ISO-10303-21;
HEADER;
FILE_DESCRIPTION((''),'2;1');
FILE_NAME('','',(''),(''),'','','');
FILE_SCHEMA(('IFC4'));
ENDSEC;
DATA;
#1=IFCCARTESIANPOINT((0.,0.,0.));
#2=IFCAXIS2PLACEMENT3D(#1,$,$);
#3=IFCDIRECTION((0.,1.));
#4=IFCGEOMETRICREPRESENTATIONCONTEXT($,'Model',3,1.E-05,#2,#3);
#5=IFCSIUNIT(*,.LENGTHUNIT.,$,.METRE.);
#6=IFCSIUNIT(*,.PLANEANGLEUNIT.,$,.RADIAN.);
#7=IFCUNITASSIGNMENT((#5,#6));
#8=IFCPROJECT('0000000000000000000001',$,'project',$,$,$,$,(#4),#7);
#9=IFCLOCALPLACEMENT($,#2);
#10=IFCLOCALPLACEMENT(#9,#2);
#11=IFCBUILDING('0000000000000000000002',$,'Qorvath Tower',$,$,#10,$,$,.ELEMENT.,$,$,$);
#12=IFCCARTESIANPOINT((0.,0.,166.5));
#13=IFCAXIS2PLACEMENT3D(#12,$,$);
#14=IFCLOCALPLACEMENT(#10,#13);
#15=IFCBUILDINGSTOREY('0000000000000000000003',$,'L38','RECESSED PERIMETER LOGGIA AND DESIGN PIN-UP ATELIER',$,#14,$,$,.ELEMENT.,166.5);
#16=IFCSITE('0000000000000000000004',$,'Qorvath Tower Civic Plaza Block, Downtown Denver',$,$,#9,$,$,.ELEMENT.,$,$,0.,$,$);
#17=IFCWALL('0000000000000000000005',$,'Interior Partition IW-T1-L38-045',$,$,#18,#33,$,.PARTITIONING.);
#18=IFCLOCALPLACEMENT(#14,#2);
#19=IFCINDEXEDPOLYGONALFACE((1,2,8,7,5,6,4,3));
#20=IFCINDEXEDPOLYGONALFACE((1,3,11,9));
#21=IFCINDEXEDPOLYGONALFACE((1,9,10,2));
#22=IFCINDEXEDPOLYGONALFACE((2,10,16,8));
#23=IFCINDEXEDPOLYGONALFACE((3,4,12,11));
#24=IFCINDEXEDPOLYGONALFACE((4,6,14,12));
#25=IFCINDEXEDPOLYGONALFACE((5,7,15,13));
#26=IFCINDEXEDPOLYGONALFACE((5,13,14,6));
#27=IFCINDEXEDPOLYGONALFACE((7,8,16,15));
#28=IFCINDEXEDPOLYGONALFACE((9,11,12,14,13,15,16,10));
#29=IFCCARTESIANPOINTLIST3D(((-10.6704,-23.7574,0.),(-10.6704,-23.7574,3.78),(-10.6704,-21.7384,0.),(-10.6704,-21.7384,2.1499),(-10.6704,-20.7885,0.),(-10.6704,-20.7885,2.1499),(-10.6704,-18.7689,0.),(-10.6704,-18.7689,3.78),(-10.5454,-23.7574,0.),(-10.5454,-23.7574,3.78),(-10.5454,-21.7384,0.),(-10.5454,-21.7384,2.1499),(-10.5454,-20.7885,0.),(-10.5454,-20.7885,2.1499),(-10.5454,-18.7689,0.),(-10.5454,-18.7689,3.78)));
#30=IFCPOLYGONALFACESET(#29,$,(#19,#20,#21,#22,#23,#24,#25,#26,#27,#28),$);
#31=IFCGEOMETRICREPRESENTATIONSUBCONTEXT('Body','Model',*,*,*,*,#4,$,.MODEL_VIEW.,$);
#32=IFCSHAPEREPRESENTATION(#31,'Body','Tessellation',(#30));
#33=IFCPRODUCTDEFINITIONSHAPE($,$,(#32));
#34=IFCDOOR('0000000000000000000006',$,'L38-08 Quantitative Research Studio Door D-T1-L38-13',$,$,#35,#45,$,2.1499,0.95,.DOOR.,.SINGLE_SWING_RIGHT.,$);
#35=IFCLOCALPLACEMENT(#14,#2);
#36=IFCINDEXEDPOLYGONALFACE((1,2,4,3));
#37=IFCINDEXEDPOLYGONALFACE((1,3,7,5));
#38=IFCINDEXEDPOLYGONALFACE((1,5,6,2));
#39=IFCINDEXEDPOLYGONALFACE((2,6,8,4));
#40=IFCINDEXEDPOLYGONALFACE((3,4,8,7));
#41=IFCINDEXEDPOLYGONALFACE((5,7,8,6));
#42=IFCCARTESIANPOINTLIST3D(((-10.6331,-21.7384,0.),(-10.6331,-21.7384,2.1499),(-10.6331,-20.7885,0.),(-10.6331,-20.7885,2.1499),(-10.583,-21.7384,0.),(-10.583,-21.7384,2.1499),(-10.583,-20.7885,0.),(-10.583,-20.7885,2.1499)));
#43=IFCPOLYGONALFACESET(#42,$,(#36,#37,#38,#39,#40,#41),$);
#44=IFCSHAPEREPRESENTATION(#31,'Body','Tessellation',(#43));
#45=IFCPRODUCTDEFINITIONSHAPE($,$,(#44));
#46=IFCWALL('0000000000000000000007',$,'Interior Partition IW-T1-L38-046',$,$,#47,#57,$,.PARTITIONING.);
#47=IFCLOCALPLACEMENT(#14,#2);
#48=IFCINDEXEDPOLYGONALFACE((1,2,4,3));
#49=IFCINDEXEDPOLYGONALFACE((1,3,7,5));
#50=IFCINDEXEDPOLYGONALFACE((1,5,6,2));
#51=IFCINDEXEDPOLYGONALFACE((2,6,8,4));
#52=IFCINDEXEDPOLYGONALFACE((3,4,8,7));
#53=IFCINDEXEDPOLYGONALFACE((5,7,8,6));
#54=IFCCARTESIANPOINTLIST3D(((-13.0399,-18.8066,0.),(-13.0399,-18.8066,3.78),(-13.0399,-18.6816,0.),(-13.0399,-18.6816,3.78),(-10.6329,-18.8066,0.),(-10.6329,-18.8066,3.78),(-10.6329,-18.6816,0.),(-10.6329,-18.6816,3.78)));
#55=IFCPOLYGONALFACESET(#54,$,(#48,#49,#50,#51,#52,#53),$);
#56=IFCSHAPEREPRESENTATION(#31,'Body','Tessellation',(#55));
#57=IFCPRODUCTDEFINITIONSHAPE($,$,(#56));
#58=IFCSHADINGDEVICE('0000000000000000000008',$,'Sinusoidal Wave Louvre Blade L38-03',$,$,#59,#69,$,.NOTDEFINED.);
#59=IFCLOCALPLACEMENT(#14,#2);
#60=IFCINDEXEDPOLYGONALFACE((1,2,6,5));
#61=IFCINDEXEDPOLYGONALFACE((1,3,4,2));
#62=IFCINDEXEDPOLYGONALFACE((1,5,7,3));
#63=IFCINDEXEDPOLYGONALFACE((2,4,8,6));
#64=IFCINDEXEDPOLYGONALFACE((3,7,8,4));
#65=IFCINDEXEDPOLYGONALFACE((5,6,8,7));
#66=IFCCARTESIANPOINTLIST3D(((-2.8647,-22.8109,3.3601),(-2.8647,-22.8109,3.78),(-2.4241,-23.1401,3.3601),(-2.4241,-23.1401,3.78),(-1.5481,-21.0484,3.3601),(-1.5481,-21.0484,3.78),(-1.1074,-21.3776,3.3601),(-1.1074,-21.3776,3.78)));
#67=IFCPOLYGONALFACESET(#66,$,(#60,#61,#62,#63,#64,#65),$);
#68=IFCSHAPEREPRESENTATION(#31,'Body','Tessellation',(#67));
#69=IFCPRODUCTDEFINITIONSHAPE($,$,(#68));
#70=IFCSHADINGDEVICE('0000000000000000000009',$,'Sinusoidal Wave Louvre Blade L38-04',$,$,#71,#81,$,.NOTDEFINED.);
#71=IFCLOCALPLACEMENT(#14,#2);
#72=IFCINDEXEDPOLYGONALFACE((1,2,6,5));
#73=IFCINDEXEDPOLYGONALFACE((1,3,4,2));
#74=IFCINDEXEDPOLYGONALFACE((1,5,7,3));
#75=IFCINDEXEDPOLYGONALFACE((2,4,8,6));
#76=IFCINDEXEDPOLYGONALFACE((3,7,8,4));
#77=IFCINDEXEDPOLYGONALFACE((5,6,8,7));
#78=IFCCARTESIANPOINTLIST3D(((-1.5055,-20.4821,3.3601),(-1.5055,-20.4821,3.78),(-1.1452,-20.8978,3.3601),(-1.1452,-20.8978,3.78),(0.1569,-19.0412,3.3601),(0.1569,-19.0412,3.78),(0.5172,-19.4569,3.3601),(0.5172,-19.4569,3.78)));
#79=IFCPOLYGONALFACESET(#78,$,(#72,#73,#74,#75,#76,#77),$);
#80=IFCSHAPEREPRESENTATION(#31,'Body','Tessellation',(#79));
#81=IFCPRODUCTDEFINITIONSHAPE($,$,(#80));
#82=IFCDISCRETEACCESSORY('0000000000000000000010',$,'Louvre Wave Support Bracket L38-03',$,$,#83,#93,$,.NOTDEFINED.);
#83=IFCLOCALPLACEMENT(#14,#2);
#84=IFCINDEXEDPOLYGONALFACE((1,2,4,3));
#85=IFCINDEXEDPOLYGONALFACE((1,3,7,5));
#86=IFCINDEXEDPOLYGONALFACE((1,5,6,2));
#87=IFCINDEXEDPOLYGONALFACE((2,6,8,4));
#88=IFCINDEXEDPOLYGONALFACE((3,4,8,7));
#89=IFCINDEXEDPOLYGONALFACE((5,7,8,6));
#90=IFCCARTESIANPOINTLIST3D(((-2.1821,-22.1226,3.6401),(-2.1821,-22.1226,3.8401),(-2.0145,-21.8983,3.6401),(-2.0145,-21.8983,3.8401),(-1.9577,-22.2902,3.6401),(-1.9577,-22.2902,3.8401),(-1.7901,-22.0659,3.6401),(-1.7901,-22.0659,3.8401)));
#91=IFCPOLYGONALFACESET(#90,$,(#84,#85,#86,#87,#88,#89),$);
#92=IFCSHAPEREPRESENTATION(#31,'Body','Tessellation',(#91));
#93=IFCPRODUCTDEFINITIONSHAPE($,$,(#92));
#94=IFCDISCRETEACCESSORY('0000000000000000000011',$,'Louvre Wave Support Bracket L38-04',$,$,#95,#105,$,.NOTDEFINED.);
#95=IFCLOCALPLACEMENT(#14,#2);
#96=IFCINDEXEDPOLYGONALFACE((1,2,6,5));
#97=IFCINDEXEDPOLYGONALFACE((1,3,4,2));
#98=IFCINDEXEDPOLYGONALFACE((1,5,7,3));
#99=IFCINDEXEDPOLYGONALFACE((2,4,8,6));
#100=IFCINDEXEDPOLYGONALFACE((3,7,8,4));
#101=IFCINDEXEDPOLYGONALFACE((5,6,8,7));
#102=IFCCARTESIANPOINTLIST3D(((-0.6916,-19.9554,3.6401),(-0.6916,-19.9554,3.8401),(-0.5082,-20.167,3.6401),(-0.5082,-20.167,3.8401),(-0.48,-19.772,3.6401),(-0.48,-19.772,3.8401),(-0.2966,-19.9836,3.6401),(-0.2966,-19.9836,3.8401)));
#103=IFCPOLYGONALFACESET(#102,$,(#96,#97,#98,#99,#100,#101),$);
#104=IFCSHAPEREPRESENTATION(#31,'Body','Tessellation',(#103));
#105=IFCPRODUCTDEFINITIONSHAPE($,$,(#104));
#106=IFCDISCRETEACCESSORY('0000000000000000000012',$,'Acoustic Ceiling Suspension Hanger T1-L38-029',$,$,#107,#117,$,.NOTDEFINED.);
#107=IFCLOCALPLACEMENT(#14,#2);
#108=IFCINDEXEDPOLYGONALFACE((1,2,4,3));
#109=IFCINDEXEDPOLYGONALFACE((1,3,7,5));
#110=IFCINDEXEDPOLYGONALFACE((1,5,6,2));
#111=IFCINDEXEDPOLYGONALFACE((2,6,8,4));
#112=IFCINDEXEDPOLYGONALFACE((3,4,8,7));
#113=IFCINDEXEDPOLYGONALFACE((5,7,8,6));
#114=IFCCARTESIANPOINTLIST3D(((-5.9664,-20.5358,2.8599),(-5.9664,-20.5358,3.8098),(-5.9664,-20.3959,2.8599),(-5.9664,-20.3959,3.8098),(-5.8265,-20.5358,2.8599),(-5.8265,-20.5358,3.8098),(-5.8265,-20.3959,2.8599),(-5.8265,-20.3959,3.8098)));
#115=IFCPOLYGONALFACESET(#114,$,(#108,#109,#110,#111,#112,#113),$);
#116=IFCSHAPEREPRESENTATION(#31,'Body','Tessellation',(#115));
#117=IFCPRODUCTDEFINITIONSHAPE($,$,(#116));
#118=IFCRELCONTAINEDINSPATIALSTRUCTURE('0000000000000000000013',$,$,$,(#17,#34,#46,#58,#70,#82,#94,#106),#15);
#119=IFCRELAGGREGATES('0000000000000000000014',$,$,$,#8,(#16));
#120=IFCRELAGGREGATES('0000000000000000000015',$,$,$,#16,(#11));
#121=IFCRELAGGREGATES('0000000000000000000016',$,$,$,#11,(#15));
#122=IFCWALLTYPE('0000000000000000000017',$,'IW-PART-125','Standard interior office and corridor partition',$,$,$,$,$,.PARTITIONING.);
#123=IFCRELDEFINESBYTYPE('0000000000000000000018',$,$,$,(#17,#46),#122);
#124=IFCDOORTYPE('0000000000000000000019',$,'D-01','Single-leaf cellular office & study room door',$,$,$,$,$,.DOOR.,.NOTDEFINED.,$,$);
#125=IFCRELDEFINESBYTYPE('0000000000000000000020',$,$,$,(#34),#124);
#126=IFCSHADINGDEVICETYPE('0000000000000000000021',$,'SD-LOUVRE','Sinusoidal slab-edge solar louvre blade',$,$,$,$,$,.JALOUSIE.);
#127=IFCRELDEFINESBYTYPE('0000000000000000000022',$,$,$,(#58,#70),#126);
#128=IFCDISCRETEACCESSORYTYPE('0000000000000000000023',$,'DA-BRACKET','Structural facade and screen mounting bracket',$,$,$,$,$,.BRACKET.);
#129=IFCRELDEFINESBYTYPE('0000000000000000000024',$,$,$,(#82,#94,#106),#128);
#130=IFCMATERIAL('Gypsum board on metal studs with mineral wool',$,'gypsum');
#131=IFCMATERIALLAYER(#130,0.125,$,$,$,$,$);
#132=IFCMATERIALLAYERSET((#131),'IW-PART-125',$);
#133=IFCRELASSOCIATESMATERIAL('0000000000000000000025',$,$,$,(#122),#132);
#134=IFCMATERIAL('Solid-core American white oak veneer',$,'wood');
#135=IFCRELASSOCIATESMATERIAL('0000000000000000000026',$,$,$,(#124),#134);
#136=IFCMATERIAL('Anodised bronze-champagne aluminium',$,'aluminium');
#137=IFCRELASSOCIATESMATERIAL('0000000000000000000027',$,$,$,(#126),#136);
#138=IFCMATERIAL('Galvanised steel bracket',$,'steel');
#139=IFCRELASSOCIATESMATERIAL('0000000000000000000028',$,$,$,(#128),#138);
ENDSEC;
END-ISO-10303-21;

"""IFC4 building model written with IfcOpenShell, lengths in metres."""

from ifc_helpers import new_model, si_unit, direction, frame, frame_2d, origin, origin_2d, place, context, subcontext, project, spatial, rectangle, extrude, material, layer, layer_set, type_object, element, fill, save


model = new_model("IFC4")

# Units and contexts
model_context = context("Model", 3, precision=1e-05, world=origin(), true_north=direction((0.0, 1.0)))
body_context = subcontext(model_context, "Body", "Model", "MODEL_VIEW")
ifc_project = project(units=[si_unit("LENGTHUNIT", "METRE"), si_unit("PLANEANGLEUNIT", "RADIAN")], contexts=[model_context])

# Site, building, storey
site_placement = place(None, origin())
site = spatial("IfcSite", under=ifc_project, at=site_placement, Name="Qorvath Tower Civic Plaza Block, Downtown Denver", CompositionType="ELEMENT", RefElevation=0.0)
building_placement = place(site_placement, origin())
building = spatial("IfcBuilding", under=site, at=building_placement, Name="Qorvath Tower", CompositionType="ELEMENT")
storey_placement = place(building_placement, frame((0.0, 0.0, 166.5)))
storey = spatial("IfcBuildingStorey", under=building, at=storey_placement, Name="L38", Description="RECESSED PERIMETER LOGGIA AND DESIGN PIN-UP ATELIER", CompositionType="ELEMENT", Elevation=166.5)

# Shared definitions
ifc_material_1 = material(Name="Gypsum board on metal studs with mineral wool", Category="gypsum")
ifc_layer_1 = layer(ifc_material_1, 0.125)
ifc_layer_set_1 = layer_set([ifc_layer_1], Name="IW-PART-125")
wall_type_1 = type_object("IfcWallType", Name="IW-PART-125", Description="Standard interior office and corridor partition", PredefinedType="PARTITIONING", material=ifc_layer_set_1)

# Wall, opening, door
wall_1_placement = place(storey_placement, frame((-10.6079, -18.769, 0.0), z_axis=(0.0, 0.0, 1.0), x_axis=(0.0, -1.0, 0.0)))
wall_1 = element("IfcWall", 1, at=wall_1_placement, inside=storey, type_object=wall_type_1, Name="Interior Partition IW-T1-L38-045", PredefinedType="PARTITIONING", context=body_context, shape_type="SweptSolid", body=[
    extrude(rectangle(XDim=4.9885, YDim=0.125, at=frame_2d((2.4941, 0.0))), origin(), (0.0, 0.0, 1.0), 3.78),
])
opening_placement = place(wall_1_placement, frame((2.0193, 0.0, 0.0)))
opening = element("IfcOpeningElement", 2, at=opening_placement, cuts=wall_1, PredefinedType="OPENING", context=body_context, shape_type="SweptSolid", body=[
    extrude(rectangle(XDim=0.95, YDim=2.1499, at=frame_2d((0.4751, 1.075))), frame((0.0, 0.0725, 0.0), z_axis=(0.0, -1.0, 0.0), x_axis=(1.0, 0.0, 0.0)), (0.0, 0.0, 1.0), 0.145),
])
ifc_material_2 = material(Name="Solid-core American white oak veneer", Category="wood")
door_type = type_object("IfcDoorType", Name="D-01", Description="Single-leaf cellular office & study room door", OperationType="NOTDEFINED", PredefinedType="DOOR", material=ifc_material_2)
door_placement = place(opening_placement, origin())
door = element("IfcDoor", 3, at=door_placement, inside=storey, type_object=door_type, Name="L38-08 Quantitative Research Studio Door D-T1-L38-13", OperationType="SINGLE_SWING_RIGHT", OverallHeight=2.1499, OverallWidth=0.95, PredefinedType="DOOR", context=body_context, shape_type="SweptSolid", body=[
    extrude(rectangle(XDim=0.95, YDim=2.1499, at=frame_2d((0.4751, 1.075))), frame((0.0, 0.0249, 0.0), z_axis=(0.0, -1.0, 0.0), x_axis=(1.0, 0.0, 0.0)), (0.0, 0.0, 1.0), 0.05),
])
fill(opening, door)

# Wall
wall_2_placement = place(storey_placement, frame((-10.6328, -18.7441, 0.0), z_axis=(0.0, 0.0, 1.0), x_axis=(-1.0, 0.0, 0.0)))
element("IfcWall", 4, at=wall_2_placement, inside=storey, type_object=wall_type_1, Name="Interior Partition IW-T1-L38-046", PredefinedType="PARTITIONING", context=body_context, shape_type="SweptSolid", body=[
    extrude(rectangle(XDim=2.407, YDim=0.125, at=frame_2d((1.2036, 0.0))), origin(), (0.0, 0.0, 1.0), 3.78),
])

# Shading devices
ifc_material_3 = material(Name="Anodised bronze-champagne aluminium", Category="aluminium")
shading_device_type = type_object("IfcShadingDeviceType", Name="SD-LOUVRE", Description="Sinusoidal slab-edge solar louvre blade", PredefinedType="JALOUSIE", material=ifc_material_3)
for number, where, z_axis, x_axis, name in (
    (5, (-1.9861, -22.0942, 3.3601), (0.0, 0.0, 1.0), (0.598469, 0.801146, 0.0), "Sinusoidal Wave Louvre Blade L38-03"),
    (6, (-0.4941, -19.9695, 3.3601), (0.0, 0.0, 1.0), (0.755657, 0.654968, 0.0), "Sinusoidal Wave Louvre Blade L38-04"),
):
    element("IfcShadingDevice", number, at=place(storey_placement, frame(where, z_axis=z_axis, x_axis=x_axis)), inside=storey, type_object=shading_device_type, Name=name, PredefinedType="NOTDEFINED", context=body_context, shape_type="SweptSolid", body=[
        extrude(rectangle(XDim=2.2, YDim=0.55, at=origin_2d()), origin(), (0.0, 0.0, 1.0), 0.4199),
    ])

# Discrete accessories
ifc_material_4 = material(Name="Galvanised steel bracket", Category="steel")
discrete_accessory_type = type_object("IfcDiscreteAccessoryType", Name="DA-BRACKET", Description="Structural facade and screen mounting bracket", PredefinedType="BRACKET", material=ifc_material_4)
for number, where, z_axis, x_axis, name in (
    (7, (-1.9861, -22.0942, 3.6401), (0.0, 0.0, 1.0), (0.598469, 0.801146, 0.0), "Louvre Wave Support Bracket L38-03"),
    (8, (-0.4941, -19.9695, 3.6401), (0.0, 0.0, 1.0), (0.755657, 0.654968, 0.0), "Louvre Wave Support Bracket L38-04"),
):
    element("IfcDiscreteAccessory", number, at=place(storey_placement, frame(where, z_axis=z_axis, x_axis=x_axis)), inside=storey, type_object=discrete_accessory_type, Name=name, PredefinedType="NOTDEFINED", context=body_context, shape_type="SweptSolid", body=[
        extrude(rectangle(XDim=0.28, YDim=0.28, at=origin_2d()), origin(), (0.0, 0.0, 1.0), 0.2),
    ])
discrete_accessory_placement = place(storey_placement, frame((-5.8965, -20.4658, 2.8599), z_axis=(0.0, 0.0, 1.0), x_axis=(1.0, 0.0, 0.0)))
element("IfcDiscreteAccessory", 9, at=discrete_accessory_placement, inside=storey, type_object=discrete_accessory_type, Name="Acoustic Ceiling Suspension Hanger T1-L38-029", PredefinedType="NOTDEFINED", context=body_context, shape_type="SweptSolid", body=[
    extrude(rectangle(XDim=0.1399, YDim=0.1399, at=origin_2d()), origin(), (0.0, 0.0, 1.0), 0.95),
])

save(model, "model.ifc")
